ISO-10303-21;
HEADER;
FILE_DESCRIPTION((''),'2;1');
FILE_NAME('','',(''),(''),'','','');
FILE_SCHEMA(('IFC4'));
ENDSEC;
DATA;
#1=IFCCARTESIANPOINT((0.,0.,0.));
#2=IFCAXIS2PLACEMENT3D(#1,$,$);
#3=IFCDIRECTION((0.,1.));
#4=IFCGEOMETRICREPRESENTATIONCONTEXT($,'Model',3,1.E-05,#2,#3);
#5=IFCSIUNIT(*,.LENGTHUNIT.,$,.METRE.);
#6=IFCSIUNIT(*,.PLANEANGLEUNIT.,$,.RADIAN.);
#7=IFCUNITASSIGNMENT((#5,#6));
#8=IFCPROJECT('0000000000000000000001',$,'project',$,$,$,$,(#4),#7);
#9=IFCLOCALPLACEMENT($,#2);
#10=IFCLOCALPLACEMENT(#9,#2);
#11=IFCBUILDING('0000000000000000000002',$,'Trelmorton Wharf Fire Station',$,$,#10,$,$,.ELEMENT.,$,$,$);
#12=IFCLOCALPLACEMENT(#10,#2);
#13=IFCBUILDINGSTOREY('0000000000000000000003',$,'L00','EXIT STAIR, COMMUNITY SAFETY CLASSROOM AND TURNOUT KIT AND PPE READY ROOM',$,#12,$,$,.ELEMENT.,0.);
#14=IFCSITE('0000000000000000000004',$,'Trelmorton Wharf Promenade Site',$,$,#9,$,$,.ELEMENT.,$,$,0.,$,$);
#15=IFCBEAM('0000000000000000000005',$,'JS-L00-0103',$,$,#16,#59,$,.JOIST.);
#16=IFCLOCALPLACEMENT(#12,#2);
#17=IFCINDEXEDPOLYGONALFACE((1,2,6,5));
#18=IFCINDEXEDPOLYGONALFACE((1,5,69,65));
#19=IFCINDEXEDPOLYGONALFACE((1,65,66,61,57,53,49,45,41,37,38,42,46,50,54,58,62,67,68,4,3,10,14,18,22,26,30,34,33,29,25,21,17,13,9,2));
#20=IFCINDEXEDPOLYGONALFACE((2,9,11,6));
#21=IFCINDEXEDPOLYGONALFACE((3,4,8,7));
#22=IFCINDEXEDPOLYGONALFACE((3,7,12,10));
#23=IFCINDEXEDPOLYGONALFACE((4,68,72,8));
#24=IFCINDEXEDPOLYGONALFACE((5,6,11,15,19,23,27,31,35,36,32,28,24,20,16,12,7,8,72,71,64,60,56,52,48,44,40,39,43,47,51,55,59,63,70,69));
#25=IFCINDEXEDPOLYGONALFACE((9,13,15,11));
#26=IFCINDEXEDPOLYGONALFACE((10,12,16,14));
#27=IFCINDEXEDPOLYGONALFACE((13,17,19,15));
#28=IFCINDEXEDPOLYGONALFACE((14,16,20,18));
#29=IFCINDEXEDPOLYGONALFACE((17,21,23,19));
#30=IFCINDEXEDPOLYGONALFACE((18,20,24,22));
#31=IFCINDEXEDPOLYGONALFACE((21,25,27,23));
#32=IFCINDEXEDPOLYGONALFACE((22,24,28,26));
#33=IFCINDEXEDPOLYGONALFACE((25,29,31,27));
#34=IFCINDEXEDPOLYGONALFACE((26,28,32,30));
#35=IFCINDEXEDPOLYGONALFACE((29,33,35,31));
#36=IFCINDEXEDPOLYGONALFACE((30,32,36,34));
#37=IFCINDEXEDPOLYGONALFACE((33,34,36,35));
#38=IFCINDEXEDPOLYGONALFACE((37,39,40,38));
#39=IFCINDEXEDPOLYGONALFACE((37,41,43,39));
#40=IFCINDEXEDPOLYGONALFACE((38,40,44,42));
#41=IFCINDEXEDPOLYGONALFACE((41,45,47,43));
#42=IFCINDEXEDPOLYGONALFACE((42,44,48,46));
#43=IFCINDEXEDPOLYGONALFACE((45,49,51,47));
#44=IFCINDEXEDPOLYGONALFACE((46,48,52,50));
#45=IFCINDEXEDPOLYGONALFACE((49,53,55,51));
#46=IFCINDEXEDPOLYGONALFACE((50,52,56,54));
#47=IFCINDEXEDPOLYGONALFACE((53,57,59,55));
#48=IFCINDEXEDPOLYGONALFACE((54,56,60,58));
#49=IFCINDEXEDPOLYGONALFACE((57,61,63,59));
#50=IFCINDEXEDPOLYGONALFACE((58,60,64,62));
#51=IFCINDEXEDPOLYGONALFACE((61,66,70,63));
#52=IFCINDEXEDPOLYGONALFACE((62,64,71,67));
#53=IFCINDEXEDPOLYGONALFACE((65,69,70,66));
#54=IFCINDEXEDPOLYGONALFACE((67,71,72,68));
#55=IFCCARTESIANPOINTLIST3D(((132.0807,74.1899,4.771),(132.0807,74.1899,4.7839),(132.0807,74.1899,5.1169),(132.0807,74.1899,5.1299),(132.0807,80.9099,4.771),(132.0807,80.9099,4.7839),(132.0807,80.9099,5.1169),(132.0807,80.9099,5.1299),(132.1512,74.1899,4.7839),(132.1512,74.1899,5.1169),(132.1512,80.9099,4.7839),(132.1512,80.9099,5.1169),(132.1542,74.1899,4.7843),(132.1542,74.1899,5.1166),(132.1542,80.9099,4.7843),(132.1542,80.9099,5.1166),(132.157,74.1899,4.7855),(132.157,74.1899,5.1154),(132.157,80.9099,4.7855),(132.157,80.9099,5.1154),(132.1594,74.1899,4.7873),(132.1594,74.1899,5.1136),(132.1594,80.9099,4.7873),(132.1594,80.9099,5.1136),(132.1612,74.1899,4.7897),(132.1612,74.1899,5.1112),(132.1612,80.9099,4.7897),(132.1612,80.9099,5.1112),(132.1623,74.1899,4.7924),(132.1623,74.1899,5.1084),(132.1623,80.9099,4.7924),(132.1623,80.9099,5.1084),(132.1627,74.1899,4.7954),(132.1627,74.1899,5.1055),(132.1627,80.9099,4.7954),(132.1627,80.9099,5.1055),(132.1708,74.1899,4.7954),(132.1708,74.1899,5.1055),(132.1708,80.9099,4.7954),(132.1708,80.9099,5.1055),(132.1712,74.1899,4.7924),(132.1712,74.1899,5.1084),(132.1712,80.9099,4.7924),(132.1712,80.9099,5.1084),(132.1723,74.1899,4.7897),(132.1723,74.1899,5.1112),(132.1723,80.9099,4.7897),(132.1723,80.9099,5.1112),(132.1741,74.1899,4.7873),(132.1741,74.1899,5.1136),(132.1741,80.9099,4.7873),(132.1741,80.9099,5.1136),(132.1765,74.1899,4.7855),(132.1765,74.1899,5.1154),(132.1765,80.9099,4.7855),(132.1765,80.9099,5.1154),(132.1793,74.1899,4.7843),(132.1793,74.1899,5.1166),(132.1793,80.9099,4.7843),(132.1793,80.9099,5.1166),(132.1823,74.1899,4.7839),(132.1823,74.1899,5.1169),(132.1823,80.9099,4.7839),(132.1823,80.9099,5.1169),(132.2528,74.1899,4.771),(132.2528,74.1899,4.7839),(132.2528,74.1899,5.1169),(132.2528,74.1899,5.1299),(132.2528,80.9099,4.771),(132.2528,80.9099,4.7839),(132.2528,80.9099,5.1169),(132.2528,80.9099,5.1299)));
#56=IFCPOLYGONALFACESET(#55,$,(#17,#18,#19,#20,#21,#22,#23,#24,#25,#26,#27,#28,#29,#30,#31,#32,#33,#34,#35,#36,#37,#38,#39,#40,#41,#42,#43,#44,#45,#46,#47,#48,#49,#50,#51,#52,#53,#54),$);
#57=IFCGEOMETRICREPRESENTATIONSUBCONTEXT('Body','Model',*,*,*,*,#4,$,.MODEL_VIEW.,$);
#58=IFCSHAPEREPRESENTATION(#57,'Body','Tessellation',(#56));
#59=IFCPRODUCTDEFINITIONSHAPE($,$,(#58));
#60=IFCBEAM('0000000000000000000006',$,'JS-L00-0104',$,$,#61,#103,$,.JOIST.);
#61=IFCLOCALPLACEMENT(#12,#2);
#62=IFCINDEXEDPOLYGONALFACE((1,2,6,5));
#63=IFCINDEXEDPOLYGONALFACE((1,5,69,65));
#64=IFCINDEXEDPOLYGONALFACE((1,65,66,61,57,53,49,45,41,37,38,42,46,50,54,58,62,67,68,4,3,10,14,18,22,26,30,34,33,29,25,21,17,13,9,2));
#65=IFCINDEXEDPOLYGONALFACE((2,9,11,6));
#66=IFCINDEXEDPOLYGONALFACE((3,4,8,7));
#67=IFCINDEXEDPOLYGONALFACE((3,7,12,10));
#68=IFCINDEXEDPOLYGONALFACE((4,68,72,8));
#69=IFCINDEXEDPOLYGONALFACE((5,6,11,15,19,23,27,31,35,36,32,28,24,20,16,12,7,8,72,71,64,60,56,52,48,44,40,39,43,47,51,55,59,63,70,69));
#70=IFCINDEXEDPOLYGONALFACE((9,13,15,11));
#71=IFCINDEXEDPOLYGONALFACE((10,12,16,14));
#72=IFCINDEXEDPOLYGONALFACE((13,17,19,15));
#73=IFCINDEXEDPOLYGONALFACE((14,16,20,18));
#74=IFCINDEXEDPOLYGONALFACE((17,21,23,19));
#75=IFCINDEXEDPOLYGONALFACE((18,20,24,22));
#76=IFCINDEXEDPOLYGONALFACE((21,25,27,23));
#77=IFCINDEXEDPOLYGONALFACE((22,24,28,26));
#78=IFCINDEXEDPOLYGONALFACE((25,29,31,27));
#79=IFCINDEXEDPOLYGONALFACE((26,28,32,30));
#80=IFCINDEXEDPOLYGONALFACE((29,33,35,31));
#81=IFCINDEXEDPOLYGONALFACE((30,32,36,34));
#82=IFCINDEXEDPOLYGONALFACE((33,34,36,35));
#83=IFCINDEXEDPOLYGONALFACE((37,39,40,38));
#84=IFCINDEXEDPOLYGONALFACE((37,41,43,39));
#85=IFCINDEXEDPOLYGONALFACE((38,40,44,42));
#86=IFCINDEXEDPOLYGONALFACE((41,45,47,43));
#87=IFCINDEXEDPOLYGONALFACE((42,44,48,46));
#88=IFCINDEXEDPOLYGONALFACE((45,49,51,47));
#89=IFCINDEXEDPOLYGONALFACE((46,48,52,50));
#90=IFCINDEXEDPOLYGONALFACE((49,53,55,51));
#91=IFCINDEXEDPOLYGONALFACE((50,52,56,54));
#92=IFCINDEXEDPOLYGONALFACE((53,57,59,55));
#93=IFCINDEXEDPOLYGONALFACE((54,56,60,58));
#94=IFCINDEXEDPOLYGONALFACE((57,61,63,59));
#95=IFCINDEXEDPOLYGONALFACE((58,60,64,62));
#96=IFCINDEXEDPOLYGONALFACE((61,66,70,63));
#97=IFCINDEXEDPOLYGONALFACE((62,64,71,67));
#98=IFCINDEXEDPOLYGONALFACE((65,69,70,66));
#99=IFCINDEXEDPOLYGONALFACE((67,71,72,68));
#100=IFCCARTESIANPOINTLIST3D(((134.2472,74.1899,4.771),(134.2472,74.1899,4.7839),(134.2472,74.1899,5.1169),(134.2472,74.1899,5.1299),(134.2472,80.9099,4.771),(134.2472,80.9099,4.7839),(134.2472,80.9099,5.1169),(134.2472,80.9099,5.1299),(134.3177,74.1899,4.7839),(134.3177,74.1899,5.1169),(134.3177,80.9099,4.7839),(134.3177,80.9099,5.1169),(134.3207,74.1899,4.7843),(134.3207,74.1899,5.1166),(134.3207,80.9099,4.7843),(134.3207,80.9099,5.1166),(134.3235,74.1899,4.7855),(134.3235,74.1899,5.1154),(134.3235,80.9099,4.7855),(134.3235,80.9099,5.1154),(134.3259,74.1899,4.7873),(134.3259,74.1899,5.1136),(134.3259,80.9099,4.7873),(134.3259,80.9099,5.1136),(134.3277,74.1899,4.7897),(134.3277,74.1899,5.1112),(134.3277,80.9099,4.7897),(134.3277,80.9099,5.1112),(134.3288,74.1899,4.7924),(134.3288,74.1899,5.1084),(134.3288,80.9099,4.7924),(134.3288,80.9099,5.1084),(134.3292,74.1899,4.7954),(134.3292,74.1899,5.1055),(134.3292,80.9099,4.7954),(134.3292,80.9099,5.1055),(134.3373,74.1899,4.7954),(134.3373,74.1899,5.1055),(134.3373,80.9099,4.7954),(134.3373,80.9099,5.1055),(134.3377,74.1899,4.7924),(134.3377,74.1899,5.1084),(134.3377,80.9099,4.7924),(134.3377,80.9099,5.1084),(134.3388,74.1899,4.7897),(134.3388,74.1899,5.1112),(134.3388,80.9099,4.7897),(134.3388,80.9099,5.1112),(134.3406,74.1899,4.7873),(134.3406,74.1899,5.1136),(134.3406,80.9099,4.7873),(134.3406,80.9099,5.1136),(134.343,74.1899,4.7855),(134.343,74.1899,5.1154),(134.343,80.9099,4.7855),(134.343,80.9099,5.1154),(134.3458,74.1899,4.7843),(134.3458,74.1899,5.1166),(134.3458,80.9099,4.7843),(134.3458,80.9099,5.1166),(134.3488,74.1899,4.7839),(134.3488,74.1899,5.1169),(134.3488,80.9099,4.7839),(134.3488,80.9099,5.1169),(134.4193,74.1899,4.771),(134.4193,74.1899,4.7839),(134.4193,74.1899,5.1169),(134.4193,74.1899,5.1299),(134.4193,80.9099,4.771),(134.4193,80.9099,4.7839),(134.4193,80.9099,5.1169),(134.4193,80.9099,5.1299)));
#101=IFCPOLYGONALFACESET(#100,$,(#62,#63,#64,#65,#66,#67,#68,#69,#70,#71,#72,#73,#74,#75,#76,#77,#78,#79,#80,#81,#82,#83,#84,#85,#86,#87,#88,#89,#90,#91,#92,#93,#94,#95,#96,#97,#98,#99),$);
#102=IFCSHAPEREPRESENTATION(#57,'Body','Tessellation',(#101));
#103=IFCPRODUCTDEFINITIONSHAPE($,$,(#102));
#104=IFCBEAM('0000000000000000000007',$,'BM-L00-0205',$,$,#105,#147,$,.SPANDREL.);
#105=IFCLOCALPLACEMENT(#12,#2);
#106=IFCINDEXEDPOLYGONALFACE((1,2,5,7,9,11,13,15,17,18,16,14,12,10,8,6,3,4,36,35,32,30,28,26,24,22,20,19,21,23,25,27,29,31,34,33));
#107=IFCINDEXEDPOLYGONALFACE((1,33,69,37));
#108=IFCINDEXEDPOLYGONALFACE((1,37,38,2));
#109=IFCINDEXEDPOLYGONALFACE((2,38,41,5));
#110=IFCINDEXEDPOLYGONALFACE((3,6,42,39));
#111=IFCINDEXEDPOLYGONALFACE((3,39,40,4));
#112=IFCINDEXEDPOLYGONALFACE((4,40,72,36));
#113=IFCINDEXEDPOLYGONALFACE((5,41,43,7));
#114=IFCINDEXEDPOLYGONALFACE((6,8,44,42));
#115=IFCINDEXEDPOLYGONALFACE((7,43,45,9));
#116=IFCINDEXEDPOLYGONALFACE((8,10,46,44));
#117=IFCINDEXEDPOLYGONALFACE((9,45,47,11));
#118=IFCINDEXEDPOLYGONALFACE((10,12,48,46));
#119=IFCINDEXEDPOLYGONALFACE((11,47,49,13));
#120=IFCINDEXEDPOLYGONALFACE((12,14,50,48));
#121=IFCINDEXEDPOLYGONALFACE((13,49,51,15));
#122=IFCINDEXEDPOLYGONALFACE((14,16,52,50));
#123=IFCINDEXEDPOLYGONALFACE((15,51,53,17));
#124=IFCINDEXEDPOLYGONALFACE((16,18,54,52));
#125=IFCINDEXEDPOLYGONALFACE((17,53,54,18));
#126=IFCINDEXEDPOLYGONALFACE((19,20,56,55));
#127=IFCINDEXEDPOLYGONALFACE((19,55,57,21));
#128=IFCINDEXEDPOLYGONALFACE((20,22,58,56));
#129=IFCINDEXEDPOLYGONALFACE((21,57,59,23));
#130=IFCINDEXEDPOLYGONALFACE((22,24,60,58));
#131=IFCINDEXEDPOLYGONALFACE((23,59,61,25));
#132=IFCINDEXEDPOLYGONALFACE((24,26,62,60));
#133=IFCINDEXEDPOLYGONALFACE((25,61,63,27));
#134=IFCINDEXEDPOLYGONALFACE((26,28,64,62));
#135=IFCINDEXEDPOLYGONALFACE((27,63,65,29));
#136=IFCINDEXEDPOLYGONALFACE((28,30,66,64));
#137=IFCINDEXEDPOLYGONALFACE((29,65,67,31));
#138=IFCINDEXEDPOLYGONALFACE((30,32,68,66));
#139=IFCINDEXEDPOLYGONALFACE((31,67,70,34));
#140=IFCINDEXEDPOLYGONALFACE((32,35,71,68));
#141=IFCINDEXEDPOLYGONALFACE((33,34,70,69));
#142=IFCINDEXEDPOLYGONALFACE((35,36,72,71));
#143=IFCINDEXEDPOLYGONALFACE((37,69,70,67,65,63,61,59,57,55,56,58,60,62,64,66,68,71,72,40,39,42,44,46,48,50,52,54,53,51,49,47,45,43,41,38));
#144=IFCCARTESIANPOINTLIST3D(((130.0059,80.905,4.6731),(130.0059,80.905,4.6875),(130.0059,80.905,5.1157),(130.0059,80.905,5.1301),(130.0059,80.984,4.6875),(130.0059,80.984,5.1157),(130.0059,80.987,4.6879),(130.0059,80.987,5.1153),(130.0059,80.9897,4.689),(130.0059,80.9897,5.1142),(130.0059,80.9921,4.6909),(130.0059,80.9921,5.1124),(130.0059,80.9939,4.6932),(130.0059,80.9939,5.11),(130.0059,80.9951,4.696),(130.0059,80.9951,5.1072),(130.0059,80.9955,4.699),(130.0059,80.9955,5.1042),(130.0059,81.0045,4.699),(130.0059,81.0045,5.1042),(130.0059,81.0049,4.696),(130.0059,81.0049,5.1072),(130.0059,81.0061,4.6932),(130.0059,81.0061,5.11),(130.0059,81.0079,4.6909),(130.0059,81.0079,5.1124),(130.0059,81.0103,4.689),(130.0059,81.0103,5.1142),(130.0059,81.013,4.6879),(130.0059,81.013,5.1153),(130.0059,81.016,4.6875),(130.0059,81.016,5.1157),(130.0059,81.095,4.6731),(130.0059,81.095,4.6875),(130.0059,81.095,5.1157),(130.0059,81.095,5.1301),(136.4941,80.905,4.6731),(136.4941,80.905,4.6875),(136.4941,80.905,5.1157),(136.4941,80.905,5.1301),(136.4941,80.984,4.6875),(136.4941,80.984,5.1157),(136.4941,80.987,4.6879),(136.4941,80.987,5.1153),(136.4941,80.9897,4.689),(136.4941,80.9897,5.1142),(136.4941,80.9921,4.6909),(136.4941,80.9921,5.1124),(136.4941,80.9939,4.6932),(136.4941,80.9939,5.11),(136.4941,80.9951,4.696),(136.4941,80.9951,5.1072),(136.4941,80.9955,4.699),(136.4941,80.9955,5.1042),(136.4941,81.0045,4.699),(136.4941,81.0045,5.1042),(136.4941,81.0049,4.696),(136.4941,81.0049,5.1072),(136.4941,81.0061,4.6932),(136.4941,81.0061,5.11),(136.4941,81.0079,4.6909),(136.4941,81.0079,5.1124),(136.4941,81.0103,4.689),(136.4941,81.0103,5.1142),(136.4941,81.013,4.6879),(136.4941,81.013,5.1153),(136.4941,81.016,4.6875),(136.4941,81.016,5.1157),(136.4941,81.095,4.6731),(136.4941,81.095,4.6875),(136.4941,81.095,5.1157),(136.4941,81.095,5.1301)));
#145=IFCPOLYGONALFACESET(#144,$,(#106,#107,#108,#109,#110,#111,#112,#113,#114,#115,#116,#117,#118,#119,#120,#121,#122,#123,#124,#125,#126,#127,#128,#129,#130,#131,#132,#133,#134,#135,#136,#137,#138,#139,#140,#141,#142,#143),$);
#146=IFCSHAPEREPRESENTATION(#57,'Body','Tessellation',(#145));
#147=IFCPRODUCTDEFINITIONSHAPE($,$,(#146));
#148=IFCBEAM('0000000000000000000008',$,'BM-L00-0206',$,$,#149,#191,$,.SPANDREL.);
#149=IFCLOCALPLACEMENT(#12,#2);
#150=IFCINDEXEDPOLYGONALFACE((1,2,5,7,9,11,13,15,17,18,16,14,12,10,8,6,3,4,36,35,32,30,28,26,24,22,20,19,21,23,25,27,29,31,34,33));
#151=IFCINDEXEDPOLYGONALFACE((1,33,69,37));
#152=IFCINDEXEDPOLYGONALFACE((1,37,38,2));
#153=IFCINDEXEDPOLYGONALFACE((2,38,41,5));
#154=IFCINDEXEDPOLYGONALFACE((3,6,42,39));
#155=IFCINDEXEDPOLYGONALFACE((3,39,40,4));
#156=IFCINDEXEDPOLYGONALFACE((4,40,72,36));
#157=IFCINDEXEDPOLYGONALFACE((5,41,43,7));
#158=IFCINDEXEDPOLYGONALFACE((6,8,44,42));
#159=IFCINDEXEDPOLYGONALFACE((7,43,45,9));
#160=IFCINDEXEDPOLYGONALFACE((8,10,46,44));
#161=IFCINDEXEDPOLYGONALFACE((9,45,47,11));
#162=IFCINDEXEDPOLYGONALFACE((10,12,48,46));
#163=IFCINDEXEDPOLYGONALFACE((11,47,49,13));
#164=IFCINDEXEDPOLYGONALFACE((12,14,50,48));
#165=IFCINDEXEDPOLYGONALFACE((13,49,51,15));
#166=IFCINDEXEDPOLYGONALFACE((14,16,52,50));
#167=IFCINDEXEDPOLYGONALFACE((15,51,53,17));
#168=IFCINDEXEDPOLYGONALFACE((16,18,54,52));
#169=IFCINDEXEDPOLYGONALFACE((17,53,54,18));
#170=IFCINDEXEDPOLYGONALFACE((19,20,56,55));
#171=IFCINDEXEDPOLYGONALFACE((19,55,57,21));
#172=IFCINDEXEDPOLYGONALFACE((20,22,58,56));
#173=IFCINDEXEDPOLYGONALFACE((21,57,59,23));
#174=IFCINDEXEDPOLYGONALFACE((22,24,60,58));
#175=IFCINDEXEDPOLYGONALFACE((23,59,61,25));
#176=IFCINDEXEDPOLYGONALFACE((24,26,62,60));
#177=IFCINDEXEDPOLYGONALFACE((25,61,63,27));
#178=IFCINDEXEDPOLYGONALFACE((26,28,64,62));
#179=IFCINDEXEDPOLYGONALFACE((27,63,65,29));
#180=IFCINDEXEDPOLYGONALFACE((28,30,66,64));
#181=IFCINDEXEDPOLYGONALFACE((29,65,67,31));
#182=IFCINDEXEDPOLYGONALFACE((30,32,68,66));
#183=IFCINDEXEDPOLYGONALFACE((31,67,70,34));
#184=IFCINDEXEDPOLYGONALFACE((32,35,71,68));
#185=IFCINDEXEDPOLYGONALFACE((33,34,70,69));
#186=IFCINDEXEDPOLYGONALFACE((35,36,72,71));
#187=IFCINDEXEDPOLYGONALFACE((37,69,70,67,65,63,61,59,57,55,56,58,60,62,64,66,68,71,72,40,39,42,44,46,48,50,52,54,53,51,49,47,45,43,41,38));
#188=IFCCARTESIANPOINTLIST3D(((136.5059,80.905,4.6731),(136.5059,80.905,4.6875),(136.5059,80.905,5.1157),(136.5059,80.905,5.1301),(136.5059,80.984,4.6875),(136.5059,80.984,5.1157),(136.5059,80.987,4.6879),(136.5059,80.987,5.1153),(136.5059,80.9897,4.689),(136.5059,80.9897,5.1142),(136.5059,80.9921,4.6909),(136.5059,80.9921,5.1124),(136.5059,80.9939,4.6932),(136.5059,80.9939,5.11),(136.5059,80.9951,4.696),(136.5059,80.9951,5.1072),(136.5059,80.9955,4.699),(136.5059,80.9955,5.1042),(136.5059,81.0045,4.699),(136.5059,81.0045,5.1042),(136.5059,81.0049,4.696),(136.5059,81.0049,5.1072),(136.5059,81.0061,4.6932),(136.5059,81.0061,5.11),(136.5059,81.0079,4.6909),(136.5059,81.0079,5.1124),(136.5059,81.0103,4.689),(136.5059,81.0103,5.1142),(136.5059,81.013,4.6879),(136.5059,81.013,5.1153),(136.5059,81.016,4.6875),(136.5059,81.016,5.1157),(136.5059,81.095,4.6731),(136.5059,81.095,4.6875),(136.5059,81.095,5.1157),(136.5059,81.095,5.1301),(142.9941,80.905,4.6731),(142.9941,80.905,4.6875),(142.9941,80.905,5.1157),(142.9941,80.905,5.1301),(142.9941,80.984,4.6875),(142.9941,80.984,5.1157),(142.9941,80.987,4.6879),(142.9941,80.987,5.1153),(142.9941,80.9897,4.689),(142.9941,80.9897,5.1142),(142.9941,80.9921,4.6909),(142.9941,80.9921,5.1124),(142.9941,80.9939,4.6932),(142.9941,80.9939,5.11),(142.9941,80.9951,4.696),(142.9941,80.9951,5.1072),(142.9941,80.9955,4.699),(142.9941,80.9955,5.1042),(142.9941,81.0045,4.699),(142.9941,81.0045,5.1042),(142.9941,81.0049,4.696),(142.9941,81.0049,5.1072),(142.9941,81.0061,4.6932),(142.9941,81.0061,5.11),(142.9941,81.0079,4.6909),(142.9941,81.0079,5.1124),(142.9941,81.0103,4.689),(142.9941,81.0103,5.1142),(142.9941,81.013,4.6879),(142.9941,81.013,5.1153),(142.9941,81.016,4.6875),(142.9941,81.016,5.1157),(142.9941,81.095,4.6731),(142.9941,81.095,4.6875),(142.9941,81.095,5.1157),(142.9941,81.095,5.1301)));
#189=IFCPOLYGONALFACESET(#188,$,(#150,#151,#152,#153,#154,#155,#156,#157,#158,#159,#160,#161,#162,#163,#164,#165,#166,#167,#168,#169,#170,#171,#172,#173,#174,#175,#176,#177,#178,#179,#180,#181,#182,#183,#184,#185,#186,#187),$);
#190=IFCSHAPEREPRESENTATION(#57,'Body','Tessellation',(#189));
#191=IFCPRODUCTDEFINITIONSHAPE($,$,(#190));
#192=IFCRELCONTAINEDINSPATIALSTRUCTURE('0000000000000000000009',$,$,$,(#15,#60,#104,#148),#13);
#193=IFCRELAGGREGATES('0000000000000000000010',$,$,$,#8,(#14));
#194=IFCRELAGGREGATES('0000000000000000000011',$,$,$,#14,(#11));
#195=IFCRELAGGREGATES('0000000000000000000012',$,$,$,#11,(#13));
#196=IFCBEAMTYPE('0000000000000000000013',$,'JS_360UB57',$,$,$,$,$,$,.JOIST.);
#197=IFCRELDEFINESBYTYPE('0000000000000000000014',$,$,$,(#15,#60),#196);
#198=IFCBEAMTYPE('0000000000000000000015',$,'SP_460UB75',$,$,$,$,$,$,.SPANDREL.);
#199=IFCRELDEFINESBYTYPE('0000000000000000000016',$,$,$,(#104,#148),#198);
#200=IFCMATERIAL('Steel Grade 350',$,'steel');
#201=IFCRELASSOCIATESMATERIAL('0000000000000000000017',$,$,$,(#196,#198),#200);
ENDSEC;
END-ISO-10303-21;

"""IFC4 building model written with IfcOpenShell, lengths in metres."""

from ifc_helpers import new_model, si_unit, direction, frame, origin, origin_2d, place, context, subcontext, project, spatial, i_section, extrude, material, material_profile, profile_set, type_object, element, save


model = new_model("IFC4")

# Units and contexts
model_context = context("Model", 3, precision=1e-05, world=origin(), true_north=direction((0.0, 1.0)))
body_context = subcontext(model_context, "Body", "Model", "MODEL_VIEW")
ifc_project = project(units=[si_unit("LENGTHUNIT", "METRE"), si_unit("PLANEANGLEUNIT", "RADIAN")], contexts=[model_context])

# Site, building, storey
site_placement = place(None, origin())
site = spatial("IfcSite", under=ifc_project, at=site_placement, Name="Trelmorton Wharf Promenade Site", CompositionType="ELEMENT", RefElevation=0.0)
building_placement = place(site_placement, origin())
building = spatial("IfcBuilding", under=site, at=building_placement, Name="Trelmorton Wharf Fire Station", CompositionType="ELEMENT")
storey_placement = place(building_placement, origin())
storey = spatial("IfcBuildingStorey", under=building, at=storey_placement, Name="L00", Description="EXIT STAIR, COMMUNITY SAFETY CLASSROOM AND TURNOUT KIT AND PPE READY ROOM", CompositionType="ELEMENT", Elevation=0.0)

# Shared definitions
ifc_material_1 = material(Name="Steel Grade 350", Category="steel")

# Beams
ifc_material_profile_1 = material_profile(ifc_material_1, i_section(OverallWidth=0.1721, OverallDepth=0.3589, WebThickness=0.0081, FlangeThickness=0.0129, FilletRadius=0.0115, at=origin_2d()), Name="360UB56.7")
ifc_profile_set_1 = profile_set([ifc_material_profile_1], Name="Steel Grade 350")
beam_type_1 = type_object("IfcBeamType", Name="JS_360UB57", PredefinedType="JOIST", material=ifc_profile_set_1)
for number, where, z_axis, x_axis, name in (
    (1, (132.1667, 74.1899, 4.9504), (0.0, 1.0, 0.0), (-1.0, 0.0, 0.0), "JS-L00-0103"),
    (2, (134.3333, 74.1899, 4.9504), (0.0, 1.0, 0.0), (-1.0, 0.0, 0.0), "JS-L00-0104"),
):
    element("IfcBeam", number, at=place(storey_placement, frame(where, z_axis=z_axis, x_axis=x_axis)), inside=storey, type_object=beam_type_1, Name=name, PredefinedType="JOIST", context=body_context, shape_type="SweptSolid", body=[
        extrude(i_section(OverallWidth=0.1721, OverallDepth=0.3589, WebThickness=0.0081, FlangeThickness=0.0129, FilletRadius=0.0115, at=origin_2d()), origin(), (0.0, 0.0, 1.0), 6.72),
    ])
ifc_material_profile_2 = material_profile(ifc_material_1, i_section(OverallWidth=0.1899, OverallDepth=0.457, WebThickness=0.009, FlangeThickness=0.0144, FilletRadius=0.0115, at=origin_2d()), Name="460UB74.6")
ifc_profile_set_2 = profile_set([ifc_material_profile_2], Name="Steel Grade 350")
beam_type_2 = type_object("IfcBeamType", Name="SP_460UB75", PredefinedType="SPANDREL", material=ifc_profile_set_2)
for number, where, z_axis, x_axis, name in (
    (3, (130.0059, 81.0, 4.9016), (1.0, 0.0, 0.0), (0.0, 1.0, 0.0), "BM-L00-0205"),
    (4, (136.5059, 81.0, 4.9016), (1.0, 0.0, 0.0), (0.0, 1.0, 0.0), "BM-L00-0206"),
):
    element("IfcBeam", number, at=place(storey_placement, frame(where, z_axis=z_axis, x_axis=x_axis)), inside=storey, type_object=beam_type_2, Name=name, PredefinedType="SPANDREL", context=body_context, shape_type="SweptSolid", body=[
        extrude(i_section(OverallWidth=0.1899, OverallDepth=0.457, WebThickness=0.009, FlangeThickness=0.0144, FilletRadius=0.0115, at=origin_2d()), origin(), (0.0, 0.0, 1.0), 6.4883),
    ])

save(model, "model.ifc")
